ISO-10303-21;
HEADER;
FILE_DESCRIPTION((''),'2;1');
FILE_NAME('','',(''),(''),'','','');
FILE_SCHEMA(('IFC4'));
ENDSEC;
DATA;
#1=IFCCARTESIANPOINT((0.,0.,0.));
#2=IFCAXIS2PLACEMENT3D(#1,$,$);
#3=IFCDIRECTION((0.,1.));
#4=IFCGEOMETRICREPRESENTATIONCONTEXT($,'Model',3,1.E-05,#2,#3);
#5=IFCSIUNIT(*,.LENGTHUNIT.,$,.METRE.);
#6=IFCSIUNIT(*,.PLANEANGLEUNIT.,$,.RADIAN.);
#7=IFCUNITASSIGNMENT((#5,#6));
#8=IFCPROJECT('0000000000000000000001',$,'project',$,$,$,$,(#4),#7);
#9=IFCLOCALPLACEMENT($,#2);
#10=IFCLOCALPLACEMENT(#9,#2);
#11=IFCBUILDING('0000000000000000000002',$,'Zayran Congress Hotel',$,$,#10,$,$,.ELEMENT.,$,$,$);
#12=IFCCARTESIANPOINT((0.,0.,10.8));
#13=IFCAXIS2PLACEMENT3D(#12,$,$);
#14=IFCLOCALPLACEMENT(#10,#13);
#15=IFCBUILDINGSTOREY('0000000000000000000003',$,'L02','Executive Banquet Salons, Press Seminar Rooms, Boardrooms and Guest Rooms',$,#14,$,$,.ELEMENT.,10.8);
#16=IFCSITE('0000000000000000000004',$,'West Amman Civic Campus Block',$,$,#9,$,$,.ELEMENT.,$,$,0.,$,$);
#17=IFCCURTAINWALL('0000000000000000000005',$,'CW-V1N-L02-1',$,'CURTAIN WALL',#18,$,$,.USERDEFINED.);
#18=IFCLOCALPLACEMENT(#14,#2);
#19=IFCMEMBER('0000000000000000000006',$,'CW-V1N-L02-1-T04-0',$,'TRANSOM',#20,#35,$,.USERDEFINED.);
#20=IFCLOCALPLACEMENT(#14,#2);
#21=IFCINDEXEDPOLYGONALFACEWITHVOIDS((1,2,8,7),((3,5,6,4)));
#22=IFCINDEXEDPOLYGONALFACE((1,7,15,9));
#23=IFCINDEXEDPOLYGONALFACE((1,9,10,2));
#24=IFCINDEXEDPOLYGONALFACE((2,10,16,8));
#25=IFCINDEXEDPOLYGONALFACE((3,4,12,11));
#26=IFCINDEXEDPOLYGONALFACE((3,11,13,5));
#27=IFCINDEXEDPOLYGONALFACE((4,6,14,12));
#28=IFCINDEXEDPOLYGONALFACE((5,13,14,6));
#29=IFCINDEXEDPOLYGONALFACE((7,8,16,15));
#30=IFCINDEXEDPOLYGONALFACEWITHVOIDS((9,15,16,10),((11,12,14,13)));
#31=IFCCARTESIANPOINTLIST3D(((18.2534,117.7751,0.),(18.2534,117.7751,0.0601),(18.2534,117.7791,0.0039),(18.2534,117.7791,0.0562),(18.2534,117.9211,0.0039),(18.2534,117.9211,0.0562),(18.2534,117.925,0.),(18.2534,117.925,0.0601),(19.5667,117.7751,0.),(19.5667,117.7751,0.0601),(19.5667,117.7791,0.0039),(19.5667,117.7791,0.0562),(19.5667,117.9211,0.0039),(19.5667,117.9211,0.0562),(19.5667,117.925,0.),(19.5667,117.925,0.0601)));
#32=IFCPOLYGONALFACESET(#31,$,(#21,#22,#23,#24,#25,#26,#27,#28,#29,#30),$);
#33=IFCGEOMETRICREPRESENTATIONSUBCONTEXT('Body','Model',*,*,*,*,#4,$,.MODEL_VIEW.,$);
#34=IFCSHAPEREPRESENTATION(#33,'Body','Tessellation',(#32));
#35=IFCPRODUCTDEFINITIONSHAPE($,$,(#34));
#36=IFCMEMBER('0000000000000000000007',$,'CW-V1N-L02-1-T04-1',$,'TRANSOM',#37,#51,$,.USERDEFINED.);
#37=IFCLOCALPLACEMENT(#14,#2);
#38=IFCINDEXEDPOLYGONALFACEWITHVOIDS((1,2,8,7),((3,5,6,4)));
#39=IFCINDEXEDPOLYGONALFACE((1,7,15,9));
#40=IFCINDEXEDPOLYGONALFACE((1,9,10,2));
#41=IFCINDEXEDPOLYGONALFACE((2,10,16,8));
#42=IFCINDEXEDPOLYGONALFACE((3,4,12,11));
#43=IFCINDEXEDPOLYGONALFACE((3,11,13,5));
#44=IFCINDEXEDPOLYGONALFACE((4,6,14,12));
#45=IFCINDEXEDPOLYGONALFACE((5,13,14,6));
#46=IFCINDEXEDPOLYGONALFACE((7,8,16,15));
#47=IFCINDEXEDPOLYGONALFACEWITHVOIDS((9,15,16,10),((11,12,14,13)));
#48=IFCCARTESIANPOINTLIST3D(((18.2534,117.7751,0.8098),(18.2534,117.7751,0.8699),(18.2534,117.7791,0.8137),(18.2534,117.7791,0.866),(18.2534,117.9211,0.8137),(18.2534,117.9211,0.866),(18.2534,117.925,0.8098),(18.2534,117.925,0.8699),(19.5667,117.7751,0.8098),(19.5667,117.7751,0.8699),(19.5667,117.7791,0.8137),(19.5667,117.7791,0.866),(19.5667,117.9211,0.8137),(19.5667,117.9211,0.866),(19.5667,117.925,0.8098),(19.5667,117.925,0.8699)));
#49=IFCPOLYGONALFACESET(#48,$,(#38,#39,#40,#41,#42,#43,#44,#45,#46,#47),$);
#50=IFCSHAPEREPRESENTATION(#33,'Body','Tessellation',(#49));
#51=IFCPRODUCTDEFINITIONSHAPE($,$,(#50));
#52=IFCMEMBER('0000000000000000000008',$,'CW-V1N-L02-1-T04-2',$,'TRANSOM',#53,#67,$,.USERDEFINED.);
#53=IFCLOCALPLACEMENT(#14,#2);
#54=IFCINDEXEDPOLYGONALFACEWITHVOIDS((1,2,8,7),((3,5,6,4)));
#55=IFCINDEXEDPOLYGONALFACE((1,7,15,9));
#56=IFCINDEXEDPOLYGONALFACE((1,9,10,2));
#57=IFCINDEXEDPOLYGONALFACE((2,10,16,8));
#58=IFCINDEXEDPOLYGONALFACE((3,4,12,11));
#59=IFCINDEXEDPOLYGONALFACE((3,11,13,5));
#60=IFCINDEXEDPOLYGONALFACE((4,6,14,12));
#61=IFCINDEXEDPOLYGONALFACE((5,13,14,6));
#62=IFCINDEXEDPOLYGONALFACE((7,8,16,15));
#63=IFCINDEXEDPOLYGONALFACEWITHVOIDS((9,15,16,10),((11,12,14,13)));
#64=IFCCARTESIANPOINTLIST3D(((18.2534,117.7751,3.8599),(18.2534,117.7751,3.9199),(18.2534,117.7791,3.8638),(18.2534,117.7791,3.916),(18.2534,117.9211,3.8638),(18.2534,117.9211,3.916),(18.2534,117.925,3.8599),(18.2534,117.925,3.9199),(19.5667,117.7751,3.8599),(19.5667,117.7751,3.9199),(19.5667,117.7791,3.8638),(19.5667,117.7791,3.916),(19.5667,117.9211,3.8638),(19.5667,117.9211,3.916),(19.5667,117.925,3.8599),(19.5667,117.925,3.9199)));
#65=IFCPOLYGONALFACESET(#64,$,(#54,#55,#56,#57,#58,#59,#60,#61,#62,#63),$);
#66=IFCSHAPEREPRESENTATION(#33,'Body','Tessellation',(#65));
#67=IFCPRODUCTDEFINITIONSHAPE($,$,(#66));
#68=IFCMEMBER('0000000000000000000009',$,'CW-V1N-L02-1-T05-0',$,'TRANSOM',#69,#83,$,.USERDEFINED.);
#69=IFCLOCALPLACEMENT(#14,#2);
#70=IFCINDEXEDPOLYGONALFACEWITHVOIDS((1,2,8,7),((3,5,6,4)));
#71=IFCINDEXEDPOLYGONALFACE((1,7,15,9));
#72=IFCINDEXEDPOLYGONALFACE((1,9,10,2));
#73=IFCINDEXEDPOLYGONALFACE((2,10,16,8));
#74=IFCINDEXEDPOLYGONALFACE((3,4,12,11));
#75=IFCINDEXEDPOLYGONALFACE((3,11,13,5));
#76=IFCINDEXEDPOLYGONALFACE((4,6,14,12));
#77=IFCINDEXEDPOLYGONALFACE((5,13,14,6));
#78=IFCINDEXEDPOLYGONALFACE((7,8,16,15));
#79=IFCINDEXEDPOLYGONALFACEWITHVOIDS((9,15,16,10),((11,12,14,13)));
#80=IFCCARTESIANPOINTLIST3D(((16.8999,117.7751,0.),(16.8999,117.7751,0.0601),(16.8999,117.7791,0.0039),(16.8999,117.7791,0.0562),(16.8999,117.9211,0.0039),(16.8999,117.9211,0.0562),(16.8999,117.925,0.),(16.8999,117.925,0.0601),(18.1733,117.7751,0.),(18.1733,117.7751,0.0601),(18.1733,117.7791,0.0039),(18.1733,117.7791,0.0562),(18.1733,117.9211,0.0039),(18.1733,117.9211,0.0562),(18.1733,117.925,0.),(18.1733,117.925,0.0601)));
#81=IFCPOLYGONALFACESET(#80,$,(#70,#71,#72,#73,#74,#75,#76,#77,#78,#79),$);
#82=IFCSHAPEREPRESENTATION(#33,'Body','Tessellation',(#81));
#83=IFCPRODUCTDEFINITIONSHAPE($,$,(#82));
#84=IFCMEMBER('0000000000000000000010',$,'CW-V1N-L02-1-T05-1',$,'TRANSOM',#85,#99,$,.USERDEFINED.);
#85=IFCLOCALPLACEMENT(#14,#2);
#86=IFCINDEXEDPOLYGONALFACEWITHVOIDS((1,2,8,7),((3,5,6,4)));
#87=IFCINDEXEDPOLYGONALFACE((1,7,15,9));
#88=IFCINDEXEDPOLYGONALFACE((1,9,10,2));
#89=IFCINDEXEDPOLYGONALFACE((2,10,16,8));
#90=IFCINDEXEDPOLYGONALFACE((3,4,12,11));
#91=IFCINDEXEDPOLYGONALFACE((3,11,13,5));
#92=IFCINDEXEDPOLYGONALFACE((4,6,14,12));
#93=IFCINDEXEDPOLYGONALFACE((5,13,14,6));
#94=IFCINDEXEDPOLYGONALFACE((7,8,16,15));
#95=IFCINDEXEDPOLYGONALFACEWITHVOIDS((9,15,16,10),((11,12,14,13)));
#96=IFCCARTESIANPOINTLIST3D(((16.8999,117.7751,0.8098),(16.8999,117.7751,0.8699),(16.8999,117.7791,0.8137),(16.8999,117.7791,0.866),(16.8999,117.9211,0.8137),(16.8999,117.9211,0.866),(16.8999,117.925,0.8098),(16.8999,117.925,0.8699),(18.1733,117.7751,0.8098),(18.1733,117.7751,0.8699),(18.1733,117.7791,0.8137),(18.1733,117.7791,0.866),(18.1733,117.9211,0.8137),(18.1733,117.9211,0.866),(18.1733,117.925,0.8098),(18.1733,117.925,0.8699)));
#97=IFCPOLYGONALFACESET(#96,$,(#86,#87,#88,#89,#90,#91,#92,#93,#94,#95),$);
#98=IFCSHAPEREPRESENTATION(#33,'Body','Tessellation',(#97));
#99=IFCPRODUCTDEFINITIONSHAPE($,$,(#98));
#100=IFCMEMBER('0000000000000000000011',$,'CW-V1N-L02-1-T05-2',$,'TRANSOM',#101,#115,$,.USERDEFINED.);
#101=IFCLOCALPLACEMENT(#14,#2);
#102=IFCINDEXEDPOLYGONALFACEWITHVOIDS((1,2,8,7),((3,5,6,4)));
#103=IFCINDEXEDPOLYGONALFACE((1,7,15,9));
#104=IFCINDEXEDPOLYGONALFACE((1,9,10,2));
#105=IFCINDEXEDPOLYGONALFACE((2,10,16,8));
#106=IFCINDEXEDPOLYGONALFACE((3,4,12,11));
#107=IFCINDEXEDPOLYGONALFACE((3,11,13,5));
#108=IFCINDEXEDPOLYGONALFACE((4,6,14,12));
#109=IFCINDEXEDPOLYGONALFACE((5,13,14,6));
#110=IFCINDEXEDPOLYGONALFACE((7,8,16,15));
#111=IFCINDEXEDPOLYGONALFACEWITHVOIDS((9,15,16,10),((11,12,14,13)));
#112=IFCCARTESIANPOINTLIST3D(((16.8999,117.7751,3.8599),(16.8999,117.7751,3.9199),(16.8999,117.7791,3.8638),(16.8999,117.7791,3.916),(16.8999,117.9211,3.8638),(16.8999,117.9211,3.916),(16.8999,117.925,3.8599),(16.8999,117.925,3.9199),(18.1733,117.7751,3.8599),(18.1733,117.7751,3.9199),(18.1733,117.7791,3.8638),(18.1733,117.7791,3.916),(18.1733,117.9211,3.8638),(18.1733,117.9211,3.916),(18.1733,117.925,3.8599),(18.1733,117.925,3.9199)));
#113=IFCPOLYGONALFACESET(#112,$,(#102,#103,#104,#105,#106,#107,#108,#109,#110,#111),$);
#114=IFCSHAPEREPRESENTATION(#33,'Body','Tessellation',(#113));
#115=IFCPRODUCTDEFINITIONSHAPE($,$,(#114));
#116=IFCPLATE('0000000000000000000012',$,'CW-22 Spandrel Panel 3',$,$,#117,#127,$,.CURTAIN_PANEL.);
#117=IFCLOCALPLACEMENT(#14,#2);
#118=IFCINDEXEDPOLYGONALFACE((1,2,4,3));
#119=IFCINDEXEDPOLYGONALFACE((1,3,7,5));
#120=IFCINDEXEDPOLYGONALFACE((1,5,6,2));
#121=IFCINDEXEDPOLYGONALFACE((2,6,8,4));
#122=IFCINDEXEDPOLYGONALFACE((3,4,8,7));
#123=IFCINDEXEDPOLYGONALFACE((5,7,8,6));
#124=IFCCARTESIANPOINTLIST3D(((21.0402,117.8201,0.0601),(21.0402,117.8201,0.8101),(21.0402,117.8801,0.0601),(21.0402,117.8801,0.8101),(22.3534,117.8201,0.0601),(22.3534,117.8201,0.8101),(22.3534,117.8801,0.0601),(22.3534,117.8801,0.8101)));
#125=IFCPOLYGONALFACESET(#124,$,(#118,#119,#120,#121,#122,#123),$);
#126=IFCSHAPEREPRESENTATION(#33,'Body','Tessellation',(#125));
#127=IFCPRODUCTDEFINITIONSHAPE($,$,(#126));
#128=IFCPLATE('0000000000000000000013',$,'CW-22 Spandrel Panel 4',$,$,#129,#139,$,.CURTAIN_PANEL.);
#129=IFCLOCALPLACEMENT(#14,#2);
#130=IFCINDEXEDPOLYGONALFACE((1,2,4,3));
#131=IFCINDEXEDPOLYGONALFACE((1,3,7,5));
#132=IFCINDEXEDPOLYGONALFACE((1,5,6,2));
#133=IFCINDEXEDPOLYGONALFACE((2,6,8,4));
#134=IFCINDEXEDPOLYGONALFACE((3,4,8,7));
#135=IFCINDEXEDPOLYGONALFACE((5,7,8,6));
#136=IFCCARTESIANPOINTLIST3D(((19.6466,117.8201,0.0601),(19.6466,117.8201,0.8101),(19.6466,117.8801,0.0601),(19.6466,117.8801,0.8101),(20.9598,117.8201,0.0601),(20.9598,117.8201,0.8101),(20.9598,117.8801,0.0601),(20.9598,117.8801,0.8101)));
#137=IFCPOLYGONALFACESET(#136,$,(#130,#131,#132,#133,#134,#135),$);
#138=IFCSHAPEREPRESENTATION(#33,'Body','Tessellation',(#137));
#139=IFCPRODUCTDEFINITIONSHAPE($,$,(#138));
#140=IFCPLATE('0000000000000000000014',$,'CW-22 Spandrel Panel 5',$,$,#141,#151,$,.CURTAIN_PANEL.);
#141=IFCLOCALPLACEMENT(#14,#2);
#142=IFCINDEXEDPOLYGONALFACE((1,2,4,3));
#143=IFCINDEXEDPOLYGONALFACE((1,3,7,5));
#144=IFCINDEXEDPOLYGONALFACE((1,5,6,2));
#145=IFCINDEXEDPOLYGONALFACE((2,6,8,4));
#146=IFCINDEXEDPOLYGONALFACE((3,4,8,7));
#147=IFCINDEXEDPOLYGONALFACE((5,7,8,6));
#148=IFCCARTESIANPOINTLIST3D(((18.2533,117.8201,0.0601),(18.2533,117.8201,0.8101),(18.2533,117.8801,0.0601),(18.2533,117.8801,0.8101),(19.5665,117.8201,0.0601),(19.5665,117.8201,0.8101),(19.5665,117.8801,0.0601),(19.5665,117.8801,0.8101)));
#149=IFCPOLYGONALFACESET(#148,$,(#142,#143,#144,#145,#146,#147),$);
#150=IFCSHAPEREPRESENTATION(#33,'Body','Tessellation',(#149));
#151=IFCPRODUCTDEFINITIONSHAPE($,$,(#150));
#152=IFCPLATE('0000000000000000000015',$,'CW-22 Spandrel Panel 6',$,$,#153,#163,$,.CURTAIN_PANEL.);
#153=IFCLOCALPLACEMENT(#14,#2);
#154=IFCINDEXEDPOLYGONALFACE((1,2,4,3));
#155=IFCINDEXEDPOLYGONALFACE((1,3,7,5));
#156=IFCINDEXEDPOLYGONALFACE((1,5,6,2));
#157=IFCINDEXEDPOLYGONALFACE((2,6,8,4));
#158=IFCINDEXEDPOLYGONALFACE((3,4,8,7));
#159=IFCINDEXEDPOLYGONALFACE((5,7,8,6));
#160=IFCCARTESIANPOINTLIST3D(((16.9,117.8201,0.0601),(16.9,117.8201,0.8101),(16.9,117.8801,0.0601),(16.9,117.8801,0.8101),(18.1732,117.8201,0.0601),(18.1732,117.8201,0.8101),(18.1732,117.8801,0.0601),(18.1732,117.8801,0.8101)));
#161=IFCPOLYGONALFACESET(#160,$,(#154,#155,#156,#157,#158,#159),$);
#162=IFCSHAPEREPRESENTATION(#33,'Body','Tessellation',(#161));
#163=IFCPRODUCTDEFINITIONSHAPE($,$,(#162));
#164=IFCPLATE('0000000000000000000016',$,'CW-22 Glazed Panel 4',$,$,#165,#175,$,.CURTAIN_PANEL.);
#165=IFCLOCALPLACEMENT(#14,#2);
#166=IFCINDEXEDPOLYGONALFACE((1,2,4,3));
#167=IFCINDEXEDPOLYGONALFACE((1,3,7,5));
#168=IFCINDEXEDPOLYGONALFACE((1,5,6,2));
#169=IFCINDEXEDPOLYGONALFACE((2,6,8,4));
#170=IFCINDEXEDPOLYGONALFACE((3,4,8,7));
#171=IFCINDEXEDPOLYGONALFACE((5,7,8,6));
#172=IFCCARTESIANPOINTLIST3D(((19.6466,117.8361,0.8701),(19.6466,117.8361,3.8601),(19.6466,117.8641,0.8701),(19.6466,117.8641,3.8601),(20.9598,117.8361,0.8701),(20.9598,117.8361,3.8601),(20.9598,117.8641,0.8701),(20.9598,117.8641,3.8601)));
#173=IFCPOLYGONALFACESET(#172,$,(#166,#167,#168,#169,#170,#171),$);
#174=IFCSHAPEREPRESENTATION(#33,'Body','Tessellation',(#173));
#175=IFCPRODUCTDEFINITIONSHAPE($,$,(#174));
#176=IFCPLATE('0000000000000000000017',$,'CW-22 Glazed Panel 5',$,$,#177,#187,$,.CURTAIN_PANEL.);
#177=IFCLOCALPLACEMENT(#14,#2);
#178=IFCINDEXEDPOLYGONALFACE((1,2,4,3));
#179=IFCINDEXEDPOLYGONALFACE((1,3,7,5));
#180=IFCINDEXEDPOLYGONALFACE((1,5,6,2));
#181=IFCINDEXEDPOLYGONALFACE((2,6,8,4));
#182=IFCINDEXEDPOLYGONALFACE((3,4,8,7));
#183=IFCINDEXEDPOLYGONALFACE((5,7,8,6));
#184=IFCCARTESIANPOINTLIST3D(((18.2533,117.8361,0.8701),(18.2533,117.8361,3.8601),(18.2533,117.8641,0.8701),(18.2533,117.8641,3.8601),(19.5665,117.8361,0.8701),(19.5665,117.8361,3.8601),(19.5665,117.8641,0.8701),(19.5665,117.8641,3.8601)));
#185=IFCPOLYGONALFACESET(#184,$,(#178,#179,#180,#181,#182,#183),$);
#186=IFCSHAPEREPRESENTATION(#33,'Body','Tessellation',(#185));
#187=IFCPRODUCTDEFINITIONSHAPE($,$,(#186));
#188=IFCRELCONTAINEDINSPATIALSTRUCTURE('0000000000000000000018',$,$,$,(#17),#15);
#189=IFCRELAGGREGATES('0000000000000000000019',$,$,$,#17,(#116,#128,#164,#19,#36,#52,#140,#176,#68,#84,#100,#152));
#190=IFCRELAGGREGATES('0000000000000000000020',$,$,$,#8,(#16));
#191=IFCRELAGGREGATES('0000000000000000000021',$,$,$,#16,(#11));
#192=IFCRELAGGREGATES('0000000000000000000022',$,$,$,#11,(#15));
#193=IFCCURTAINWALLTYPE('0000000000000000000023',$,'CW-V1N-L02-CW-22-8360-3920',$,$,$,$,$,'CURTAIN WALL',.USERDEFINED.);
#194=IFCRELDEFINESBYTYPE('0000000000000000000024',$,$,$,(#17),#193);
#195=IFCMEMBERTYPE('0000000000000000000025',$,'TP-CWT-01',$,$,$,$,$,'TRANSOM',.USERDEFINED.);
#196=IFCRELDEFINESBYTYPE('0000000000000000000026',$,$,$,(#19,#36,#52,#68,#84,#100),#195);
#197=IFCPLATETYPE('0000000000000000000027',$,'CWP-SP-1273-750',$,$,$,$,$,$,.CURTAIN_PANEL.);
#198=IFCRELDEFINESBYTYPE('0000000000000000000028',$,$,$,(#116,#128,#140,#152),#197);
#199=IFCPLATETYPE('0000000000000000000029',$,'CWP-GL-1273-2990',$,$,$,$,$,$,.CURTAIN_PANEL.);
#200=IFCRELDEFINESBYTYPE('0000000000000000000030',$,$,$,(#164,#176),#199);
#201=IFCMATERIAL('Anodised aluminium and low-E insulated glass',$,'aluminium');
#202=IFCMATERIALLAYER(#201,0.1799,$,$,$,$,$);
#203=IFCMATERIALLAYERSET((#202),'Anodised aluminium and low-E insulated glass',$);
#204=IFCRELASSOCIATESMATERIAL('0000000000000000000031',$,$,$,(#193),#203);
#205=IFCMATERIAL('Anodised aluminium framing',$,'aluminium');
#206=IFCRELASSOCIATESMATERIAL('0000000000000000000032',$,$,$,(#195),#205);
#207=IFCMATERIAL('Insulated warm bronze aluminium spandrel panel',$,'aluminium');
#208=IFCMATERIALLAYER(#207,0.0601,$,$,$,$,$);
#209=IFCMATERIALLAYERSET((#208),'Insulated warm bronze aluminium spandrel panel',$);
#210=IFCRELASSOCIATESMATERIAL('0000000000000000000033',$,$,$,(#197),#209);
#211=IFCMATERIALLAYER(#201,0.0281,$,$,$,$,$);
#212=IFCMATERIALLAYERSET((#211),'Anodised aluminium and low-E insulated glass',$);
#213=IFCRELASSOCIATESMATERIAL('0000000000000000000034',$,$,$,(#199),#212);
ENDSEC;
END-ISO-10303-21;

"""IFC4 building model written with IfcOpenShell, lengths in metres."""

from ifc_helpers import new_model, si_unit, direction, frame, origin, origin_2d, place, context, subcontext, project, spatial, rectangle, hollow_rectangle, extrude, material, layer, layer_set, material_profile, profile_set, type_object, element, aggregate, save


model = new_model("IFC4")

# Units and contexts
model_context = context("Model", 3, precision=1e-05, world=origin(), true_north=direction((0.0, 1.0)))
body_context = subcontext(model_context, "Body", "Model", "MODEL_VIEW")
ifc_project = project(units=[si_unit("LENGTHUNIT", "METRE"), si_unit("PLANEANGLEUNIT", "RADIAN")], contexts=[model_context])

# Site, building, storey
site_placement = place(None, origin())
site = spatial("IfcSite", under=ifc_project, at=site_placement, Name="West Amman Civic Campus Block", CompositionType="ELEMENT", RefElevation=0.0)
building_placement = place(site_placement, origin())
building = spatial("IfcBuilding", under=site, at=building_placement, Name="Zayran Congress Hotel", CompositionType="ELEMENT")
storey_placement = place(building_placement, frame((0.0, 0.0, 10.8)))
storey = spatial("IfcBuildingStorey", under=building, at=storey_placement, Name="L02", Description="Executive Banquet Salons, Press Seminar Rooms, Boardrooms and Guest Rooms", CompositionType="ELEMENT", Elevation=10.8)

# Curtain wall, members, plates
ifc_material_1 = material(Name="Anodised aluminium and low-E insulated glass", Category="aluminium")
ifc_layer_1 = layer(ifc_material_1, 0.1799)
ifc_layer_set_1 = layer_set([ifc_layer_1], Name="Anodised aluminium and low-E insulated glass")
curtain_wall_type = type_object("IfcCurtainWallType", Name="CW-V1N-L02-CW-22-8360-3920", ElementType="CURTAIN WALL", PredefinedType="USERDEFINED", material=ifc_layer_set_1)
curtain_wall_placement = place(storey_placement, origin())
curtain_wall = element("IfcCurtainWall", 1, at=curtain_wall_placement, inside=storey, type_object=curtain_wall_type, Name="CW-V1N-L02-1", ObjectType="CURTAIN WALL", PredefinedType="USERDEFINED")
ifc_material_2 = material(Name="Anodised aluminium framing", Category="aluminium")
ifc_material_profile_1 = material_profile(ifc_material_2, hollow_rectangle(XDim=0.0601, YDim=0.1499, WallThickness=0.0039, at=origin_2d()), Name="RHS 150x60x4")
ifc_profile_set_1 = profile_set([ifc_material_profile_1], Name="Anodised aluminium framing")
member_type_1 = type_object("IfcMemberType", Name="TP-CWT-01", ElementType="TRANSOM", PredefinedType="USERDEFINED", material=ifc_profile_set_1)
member_1_placement = place(storey_placement, frame((19.5667, 117.8501, 0.03), z_axis=(-1.0, 0.0, 0.0), x_axis=(0.0, 0.0, 1.0)))
member_1 = element("IfcMember", 2, at=member_1_placement, type_object=member_type_1, Name="CW-V1N-L02-1-T04-0", ObjectType="TRANSOM", PredefinedType="USERDEFINED", context=body_context, shape_type="SweptSolid", body=[
    extrude(hollow_rectangle(XDim=0.0601, YDim=0.1499, WallThickness=0.0039, at=origin_2d()), origin(), (0.0, 0.0, 1.0), 1.3132),
])
member_2_placement = place(storey_placement, frame((19.5667, 117.8501, 0.8398), z_axis=(-1.0, 0.0, 0.0), x_axis=(0.0, 0.0, 1.0)))
member_2 = element("IfcMember", 3, at=member_2_placement, type_object=member_type_1, Name="CW-V1N-L02-1-T04-1", ObjectType="TRANSOM", PredefinedType="USERDEFINED", context=body_context, shape_type="SweptSolid", body=[
    extrude(hollow_rectangle(XDim=0.0601, YDim=0.1499, WallThickness=0.0039, at=origin_2d()), origin(), (0.0, 0.0, 1.0), 1.3132),
])
member_3_placement = place(storey_placement, frame((19.5667, 117.8501, 3.8899), z_axis=(-1.0, 0.0, 0.0), x_axis=(0.0, 0.0, 1.0)))
member_3 = element("IfcMember", 4, at=member_3_placement, type_object=member_type_1, Name="CW-V1N-L02-1-T04-2", ObjectType="TRANSOM", PredefinedType="USERDEFINED", context=body_context, shape_type="SweptSolid", body=[
    extrude(hollow_rectangle(XDim=0.0601, YDim=0.1499, WallThickness=0.0039, at=origin_2d()), origin(), (0.0, 0.0, 1.0), 1.3132),
])
member_4_placement = place(storey_placement, frame((18.1733, 117.8501, 0.03), z_axis=(-1.0, 0.0, 0.0), x_axis=(0.0, 0.0, 1.0)))
member_4 = element("IfcMember", 5, at=member_4_placement, type_object=member_type_1, Name="CW-V1N-L02-1-T05-0", ObjectType="TRANSOM", PredefinedType="USERDEFINED", context=body_context, shape_type="SweptSolid", body=[
    extrude(hollow_rectangle(XDim=0.0601, YDim=0.1499, WallThickness=0.0039, at=origin_2d()), origin(), (0.0, 0.0, 1.0), 1.2734),
])
member_5_placement = place(storey_placement, frame((18.1733, 117.8501, 0.8398), z_axis=(-1.0, 0.0, 0.0), x_axis=(0.0, 0.0, 1.0)))
member_5 = element("IfcMember", 6, at=member_5_placement, type_object=member_type_1, Name="CW-V1N-L02-1-T05-1", ObjectType="TRANSOM", PredefinedType="USERDEFINED", context=body_context, shape_type="SweptSolid", body=[
    extrude(hollow_rectangle(XDim=0.0601, YDim=0.1499, WallThickness=0.0039, at=origin_2d()), origin(), (0.0, 0.0, 1.0), 1.2734),
])
member_6_placement = place(storey_placement, frame((18.1733, 117.8501, 3.8899), z_axis=(-1.0, 0.0, 0.0), x_axis=(0.0, 0.0, 1.0)))
member_6 = element("IfcMember", 7, at=member_6_placement, type_object=member_type_1, Name="CW-V1N-L02-1-T05-2", ObjectType="TRANSOM", PredefinedType="USERDEFINED", context=body_context, shape_type="SweptSolid", body=[
    extrude(hollow_rectangle(XDim=0.0601, YDim=0.1499, WallThickness=0.0039, at=origin_2d()), origin(), (0.0, 0.0, 1.0), 1.2734),
])
ifc_material_3 = material(Name="Insulated warm bronze aluminium spandrel panel", Category="aluminium")
ifc_layer_2 = layer(ifc_material_3, 0.0601)
ifc_layer_set_2 = layer_set([ifc_layer_2], Name="Insulated warm bronze aluminium spandrel panel")
plate_type_1 = type_object("IfcPlateType", Name="CWP-SP-1273-750", PredefinedType="CURTAIN_PANEL", material=ifc_layer_set_2)
plate_1_placement = place(storey_placement, frame((21.6968, 117.8501, 0.0601), z_axis=(0.0, 0.0, 1.0), x_axis=(1.0, 0.0, 0.0)))
plate_1 = element("IfcPlate", 8, at=plate_1_placement, type_object=plate_type_1, Name="CW-22 Spandrel Panel 3", PredefinedType="CURTAIN_PANEL", context=body_context, shape_type="SweptSolid", body=[
    extrude(rectangle(XDim=1.3132, YDim=0.0601, at=origin_2d()), origin(), (0.0, 0.0, 1.0), 0.75),
])
plate_2_placement = place(storey_placement, frame((20.3032, 117.8501, 0.0601), z_axis=(0.0, 0.0, 1.0), x_axis=(1.0, 0.0, 0.0)))
plate_2 = element("IfcPlate", 9, at=plate_2_placement, type_object=plate_type_1, Name="CW-22 Spandrel Panel 4", PredefinedType="CURTAIN_PANEL", context=body_context, shape_type="SweptSolid", body=[
    extrude(rectangle(XDim=1.3132, YDim=0.0601, at=origin_2d()), origin(), (0.0, 0.0, 1.0), 0.75),
])
plate_3_placement = place(storey_placement, frame((18.9099, 117.8501, 0.0601), z_axis=(0.0, 0.0, 1.0), x_axis=(1.0, 0.0, 0.0)))
plate_3 = element("IfcPlate", 10, at=plate_3_placement, type_object=plate_type_1, Name="CW-22 Spandrel Panel 5", PredefinedType="CURTAIN_PANEL", context=body_context, shape_type="SweptSolid", body=[
    extrude(rectangle(XDim=1.3132, YDim=0.0601, at=origin_2d()), origin(), (0.0, 0.0, 1.0), 0.75),
])
plate_4_placement = place(storey_placement, frame((17.5366, 117.8501, 0.0601), z_axis=(0.0, 0.0, 1.0), x_axis=(1.0, 0.0, 0.0)))
plate_4 = element("IfcPlate", 11, at=plate_4_placement, type_object=plate_type_1, Name="CW-22 Spandrel Panel 6", PredefinedType="CURTAIN_PANEL", context=body_context, shape_type="SweptSolid", body=[
    extrude(rectangle(XDim=1.2732, YDim=0.0601, at=origin_2d()), origin(), (0.0, 0.0, 1.0), 0.75),
])
ifc_layer_3 = layer(ifc_material_1, 0.0281)
ifc_layer_set_3 = layer_set([ifc_layer_3], Name="Anodised aluminium and low-E insulated glass")
plate_type_2 = type_object("IfcPlateType", Name="CWP-GL-1273-2990", PredefinedType="CURTAIN_PANEL", material=ifc_layer_set_3)
plate_5_placement = place(storey_placement, frame((20.3032, 117.8501, 0.8701), z_axis=(0.0, 0.0, 1.0), x_axis=(1.0, 0.0, 0.0)))
plate_5 = element("IfcPlate", 12, at=plate_5_placement, type_object=plate_type_2, Name="CW-22 Glazed Panel 4", PredefinedType="CURTAIN_PANEL", context=body_context, shape_type="SweptSolid", body=[
    extrude(rectangle(XDim=1.3132, YDim=0.0281, at=origin_2d()), origin(), (0.0, 0.0, 1.0), 2.99),
])
plate_6_placement = place(storey_placement, frame((18.9099, 117.8501, 0.8701), z_axis=(0.0, 0.0, 1.0), x_axis=(1.0, 0.0, 0.0)))
plate_6 = element("IfcPlate", 13, at=plate_6_placement, type_object=plate_type_2, Name="CW-22 Glazed Panel 5", PredefinedType="CURTAIN_PANEL", context=body_context, shape_type="SweptSolid", body=[
    extrude(rectangle(XDim=1.3132, YDim=0.0281, at=origin_2d()), origin(), (0.0, 0.0, 1.0), 2.99),
])
aggregate(curtain_wall, [plate_1, plate_2, plate_5, member_1, member_2, member_3, plate_3, plate_6, member_4, member_5, member_6, plate_4])

save(model, "model.ifc")
